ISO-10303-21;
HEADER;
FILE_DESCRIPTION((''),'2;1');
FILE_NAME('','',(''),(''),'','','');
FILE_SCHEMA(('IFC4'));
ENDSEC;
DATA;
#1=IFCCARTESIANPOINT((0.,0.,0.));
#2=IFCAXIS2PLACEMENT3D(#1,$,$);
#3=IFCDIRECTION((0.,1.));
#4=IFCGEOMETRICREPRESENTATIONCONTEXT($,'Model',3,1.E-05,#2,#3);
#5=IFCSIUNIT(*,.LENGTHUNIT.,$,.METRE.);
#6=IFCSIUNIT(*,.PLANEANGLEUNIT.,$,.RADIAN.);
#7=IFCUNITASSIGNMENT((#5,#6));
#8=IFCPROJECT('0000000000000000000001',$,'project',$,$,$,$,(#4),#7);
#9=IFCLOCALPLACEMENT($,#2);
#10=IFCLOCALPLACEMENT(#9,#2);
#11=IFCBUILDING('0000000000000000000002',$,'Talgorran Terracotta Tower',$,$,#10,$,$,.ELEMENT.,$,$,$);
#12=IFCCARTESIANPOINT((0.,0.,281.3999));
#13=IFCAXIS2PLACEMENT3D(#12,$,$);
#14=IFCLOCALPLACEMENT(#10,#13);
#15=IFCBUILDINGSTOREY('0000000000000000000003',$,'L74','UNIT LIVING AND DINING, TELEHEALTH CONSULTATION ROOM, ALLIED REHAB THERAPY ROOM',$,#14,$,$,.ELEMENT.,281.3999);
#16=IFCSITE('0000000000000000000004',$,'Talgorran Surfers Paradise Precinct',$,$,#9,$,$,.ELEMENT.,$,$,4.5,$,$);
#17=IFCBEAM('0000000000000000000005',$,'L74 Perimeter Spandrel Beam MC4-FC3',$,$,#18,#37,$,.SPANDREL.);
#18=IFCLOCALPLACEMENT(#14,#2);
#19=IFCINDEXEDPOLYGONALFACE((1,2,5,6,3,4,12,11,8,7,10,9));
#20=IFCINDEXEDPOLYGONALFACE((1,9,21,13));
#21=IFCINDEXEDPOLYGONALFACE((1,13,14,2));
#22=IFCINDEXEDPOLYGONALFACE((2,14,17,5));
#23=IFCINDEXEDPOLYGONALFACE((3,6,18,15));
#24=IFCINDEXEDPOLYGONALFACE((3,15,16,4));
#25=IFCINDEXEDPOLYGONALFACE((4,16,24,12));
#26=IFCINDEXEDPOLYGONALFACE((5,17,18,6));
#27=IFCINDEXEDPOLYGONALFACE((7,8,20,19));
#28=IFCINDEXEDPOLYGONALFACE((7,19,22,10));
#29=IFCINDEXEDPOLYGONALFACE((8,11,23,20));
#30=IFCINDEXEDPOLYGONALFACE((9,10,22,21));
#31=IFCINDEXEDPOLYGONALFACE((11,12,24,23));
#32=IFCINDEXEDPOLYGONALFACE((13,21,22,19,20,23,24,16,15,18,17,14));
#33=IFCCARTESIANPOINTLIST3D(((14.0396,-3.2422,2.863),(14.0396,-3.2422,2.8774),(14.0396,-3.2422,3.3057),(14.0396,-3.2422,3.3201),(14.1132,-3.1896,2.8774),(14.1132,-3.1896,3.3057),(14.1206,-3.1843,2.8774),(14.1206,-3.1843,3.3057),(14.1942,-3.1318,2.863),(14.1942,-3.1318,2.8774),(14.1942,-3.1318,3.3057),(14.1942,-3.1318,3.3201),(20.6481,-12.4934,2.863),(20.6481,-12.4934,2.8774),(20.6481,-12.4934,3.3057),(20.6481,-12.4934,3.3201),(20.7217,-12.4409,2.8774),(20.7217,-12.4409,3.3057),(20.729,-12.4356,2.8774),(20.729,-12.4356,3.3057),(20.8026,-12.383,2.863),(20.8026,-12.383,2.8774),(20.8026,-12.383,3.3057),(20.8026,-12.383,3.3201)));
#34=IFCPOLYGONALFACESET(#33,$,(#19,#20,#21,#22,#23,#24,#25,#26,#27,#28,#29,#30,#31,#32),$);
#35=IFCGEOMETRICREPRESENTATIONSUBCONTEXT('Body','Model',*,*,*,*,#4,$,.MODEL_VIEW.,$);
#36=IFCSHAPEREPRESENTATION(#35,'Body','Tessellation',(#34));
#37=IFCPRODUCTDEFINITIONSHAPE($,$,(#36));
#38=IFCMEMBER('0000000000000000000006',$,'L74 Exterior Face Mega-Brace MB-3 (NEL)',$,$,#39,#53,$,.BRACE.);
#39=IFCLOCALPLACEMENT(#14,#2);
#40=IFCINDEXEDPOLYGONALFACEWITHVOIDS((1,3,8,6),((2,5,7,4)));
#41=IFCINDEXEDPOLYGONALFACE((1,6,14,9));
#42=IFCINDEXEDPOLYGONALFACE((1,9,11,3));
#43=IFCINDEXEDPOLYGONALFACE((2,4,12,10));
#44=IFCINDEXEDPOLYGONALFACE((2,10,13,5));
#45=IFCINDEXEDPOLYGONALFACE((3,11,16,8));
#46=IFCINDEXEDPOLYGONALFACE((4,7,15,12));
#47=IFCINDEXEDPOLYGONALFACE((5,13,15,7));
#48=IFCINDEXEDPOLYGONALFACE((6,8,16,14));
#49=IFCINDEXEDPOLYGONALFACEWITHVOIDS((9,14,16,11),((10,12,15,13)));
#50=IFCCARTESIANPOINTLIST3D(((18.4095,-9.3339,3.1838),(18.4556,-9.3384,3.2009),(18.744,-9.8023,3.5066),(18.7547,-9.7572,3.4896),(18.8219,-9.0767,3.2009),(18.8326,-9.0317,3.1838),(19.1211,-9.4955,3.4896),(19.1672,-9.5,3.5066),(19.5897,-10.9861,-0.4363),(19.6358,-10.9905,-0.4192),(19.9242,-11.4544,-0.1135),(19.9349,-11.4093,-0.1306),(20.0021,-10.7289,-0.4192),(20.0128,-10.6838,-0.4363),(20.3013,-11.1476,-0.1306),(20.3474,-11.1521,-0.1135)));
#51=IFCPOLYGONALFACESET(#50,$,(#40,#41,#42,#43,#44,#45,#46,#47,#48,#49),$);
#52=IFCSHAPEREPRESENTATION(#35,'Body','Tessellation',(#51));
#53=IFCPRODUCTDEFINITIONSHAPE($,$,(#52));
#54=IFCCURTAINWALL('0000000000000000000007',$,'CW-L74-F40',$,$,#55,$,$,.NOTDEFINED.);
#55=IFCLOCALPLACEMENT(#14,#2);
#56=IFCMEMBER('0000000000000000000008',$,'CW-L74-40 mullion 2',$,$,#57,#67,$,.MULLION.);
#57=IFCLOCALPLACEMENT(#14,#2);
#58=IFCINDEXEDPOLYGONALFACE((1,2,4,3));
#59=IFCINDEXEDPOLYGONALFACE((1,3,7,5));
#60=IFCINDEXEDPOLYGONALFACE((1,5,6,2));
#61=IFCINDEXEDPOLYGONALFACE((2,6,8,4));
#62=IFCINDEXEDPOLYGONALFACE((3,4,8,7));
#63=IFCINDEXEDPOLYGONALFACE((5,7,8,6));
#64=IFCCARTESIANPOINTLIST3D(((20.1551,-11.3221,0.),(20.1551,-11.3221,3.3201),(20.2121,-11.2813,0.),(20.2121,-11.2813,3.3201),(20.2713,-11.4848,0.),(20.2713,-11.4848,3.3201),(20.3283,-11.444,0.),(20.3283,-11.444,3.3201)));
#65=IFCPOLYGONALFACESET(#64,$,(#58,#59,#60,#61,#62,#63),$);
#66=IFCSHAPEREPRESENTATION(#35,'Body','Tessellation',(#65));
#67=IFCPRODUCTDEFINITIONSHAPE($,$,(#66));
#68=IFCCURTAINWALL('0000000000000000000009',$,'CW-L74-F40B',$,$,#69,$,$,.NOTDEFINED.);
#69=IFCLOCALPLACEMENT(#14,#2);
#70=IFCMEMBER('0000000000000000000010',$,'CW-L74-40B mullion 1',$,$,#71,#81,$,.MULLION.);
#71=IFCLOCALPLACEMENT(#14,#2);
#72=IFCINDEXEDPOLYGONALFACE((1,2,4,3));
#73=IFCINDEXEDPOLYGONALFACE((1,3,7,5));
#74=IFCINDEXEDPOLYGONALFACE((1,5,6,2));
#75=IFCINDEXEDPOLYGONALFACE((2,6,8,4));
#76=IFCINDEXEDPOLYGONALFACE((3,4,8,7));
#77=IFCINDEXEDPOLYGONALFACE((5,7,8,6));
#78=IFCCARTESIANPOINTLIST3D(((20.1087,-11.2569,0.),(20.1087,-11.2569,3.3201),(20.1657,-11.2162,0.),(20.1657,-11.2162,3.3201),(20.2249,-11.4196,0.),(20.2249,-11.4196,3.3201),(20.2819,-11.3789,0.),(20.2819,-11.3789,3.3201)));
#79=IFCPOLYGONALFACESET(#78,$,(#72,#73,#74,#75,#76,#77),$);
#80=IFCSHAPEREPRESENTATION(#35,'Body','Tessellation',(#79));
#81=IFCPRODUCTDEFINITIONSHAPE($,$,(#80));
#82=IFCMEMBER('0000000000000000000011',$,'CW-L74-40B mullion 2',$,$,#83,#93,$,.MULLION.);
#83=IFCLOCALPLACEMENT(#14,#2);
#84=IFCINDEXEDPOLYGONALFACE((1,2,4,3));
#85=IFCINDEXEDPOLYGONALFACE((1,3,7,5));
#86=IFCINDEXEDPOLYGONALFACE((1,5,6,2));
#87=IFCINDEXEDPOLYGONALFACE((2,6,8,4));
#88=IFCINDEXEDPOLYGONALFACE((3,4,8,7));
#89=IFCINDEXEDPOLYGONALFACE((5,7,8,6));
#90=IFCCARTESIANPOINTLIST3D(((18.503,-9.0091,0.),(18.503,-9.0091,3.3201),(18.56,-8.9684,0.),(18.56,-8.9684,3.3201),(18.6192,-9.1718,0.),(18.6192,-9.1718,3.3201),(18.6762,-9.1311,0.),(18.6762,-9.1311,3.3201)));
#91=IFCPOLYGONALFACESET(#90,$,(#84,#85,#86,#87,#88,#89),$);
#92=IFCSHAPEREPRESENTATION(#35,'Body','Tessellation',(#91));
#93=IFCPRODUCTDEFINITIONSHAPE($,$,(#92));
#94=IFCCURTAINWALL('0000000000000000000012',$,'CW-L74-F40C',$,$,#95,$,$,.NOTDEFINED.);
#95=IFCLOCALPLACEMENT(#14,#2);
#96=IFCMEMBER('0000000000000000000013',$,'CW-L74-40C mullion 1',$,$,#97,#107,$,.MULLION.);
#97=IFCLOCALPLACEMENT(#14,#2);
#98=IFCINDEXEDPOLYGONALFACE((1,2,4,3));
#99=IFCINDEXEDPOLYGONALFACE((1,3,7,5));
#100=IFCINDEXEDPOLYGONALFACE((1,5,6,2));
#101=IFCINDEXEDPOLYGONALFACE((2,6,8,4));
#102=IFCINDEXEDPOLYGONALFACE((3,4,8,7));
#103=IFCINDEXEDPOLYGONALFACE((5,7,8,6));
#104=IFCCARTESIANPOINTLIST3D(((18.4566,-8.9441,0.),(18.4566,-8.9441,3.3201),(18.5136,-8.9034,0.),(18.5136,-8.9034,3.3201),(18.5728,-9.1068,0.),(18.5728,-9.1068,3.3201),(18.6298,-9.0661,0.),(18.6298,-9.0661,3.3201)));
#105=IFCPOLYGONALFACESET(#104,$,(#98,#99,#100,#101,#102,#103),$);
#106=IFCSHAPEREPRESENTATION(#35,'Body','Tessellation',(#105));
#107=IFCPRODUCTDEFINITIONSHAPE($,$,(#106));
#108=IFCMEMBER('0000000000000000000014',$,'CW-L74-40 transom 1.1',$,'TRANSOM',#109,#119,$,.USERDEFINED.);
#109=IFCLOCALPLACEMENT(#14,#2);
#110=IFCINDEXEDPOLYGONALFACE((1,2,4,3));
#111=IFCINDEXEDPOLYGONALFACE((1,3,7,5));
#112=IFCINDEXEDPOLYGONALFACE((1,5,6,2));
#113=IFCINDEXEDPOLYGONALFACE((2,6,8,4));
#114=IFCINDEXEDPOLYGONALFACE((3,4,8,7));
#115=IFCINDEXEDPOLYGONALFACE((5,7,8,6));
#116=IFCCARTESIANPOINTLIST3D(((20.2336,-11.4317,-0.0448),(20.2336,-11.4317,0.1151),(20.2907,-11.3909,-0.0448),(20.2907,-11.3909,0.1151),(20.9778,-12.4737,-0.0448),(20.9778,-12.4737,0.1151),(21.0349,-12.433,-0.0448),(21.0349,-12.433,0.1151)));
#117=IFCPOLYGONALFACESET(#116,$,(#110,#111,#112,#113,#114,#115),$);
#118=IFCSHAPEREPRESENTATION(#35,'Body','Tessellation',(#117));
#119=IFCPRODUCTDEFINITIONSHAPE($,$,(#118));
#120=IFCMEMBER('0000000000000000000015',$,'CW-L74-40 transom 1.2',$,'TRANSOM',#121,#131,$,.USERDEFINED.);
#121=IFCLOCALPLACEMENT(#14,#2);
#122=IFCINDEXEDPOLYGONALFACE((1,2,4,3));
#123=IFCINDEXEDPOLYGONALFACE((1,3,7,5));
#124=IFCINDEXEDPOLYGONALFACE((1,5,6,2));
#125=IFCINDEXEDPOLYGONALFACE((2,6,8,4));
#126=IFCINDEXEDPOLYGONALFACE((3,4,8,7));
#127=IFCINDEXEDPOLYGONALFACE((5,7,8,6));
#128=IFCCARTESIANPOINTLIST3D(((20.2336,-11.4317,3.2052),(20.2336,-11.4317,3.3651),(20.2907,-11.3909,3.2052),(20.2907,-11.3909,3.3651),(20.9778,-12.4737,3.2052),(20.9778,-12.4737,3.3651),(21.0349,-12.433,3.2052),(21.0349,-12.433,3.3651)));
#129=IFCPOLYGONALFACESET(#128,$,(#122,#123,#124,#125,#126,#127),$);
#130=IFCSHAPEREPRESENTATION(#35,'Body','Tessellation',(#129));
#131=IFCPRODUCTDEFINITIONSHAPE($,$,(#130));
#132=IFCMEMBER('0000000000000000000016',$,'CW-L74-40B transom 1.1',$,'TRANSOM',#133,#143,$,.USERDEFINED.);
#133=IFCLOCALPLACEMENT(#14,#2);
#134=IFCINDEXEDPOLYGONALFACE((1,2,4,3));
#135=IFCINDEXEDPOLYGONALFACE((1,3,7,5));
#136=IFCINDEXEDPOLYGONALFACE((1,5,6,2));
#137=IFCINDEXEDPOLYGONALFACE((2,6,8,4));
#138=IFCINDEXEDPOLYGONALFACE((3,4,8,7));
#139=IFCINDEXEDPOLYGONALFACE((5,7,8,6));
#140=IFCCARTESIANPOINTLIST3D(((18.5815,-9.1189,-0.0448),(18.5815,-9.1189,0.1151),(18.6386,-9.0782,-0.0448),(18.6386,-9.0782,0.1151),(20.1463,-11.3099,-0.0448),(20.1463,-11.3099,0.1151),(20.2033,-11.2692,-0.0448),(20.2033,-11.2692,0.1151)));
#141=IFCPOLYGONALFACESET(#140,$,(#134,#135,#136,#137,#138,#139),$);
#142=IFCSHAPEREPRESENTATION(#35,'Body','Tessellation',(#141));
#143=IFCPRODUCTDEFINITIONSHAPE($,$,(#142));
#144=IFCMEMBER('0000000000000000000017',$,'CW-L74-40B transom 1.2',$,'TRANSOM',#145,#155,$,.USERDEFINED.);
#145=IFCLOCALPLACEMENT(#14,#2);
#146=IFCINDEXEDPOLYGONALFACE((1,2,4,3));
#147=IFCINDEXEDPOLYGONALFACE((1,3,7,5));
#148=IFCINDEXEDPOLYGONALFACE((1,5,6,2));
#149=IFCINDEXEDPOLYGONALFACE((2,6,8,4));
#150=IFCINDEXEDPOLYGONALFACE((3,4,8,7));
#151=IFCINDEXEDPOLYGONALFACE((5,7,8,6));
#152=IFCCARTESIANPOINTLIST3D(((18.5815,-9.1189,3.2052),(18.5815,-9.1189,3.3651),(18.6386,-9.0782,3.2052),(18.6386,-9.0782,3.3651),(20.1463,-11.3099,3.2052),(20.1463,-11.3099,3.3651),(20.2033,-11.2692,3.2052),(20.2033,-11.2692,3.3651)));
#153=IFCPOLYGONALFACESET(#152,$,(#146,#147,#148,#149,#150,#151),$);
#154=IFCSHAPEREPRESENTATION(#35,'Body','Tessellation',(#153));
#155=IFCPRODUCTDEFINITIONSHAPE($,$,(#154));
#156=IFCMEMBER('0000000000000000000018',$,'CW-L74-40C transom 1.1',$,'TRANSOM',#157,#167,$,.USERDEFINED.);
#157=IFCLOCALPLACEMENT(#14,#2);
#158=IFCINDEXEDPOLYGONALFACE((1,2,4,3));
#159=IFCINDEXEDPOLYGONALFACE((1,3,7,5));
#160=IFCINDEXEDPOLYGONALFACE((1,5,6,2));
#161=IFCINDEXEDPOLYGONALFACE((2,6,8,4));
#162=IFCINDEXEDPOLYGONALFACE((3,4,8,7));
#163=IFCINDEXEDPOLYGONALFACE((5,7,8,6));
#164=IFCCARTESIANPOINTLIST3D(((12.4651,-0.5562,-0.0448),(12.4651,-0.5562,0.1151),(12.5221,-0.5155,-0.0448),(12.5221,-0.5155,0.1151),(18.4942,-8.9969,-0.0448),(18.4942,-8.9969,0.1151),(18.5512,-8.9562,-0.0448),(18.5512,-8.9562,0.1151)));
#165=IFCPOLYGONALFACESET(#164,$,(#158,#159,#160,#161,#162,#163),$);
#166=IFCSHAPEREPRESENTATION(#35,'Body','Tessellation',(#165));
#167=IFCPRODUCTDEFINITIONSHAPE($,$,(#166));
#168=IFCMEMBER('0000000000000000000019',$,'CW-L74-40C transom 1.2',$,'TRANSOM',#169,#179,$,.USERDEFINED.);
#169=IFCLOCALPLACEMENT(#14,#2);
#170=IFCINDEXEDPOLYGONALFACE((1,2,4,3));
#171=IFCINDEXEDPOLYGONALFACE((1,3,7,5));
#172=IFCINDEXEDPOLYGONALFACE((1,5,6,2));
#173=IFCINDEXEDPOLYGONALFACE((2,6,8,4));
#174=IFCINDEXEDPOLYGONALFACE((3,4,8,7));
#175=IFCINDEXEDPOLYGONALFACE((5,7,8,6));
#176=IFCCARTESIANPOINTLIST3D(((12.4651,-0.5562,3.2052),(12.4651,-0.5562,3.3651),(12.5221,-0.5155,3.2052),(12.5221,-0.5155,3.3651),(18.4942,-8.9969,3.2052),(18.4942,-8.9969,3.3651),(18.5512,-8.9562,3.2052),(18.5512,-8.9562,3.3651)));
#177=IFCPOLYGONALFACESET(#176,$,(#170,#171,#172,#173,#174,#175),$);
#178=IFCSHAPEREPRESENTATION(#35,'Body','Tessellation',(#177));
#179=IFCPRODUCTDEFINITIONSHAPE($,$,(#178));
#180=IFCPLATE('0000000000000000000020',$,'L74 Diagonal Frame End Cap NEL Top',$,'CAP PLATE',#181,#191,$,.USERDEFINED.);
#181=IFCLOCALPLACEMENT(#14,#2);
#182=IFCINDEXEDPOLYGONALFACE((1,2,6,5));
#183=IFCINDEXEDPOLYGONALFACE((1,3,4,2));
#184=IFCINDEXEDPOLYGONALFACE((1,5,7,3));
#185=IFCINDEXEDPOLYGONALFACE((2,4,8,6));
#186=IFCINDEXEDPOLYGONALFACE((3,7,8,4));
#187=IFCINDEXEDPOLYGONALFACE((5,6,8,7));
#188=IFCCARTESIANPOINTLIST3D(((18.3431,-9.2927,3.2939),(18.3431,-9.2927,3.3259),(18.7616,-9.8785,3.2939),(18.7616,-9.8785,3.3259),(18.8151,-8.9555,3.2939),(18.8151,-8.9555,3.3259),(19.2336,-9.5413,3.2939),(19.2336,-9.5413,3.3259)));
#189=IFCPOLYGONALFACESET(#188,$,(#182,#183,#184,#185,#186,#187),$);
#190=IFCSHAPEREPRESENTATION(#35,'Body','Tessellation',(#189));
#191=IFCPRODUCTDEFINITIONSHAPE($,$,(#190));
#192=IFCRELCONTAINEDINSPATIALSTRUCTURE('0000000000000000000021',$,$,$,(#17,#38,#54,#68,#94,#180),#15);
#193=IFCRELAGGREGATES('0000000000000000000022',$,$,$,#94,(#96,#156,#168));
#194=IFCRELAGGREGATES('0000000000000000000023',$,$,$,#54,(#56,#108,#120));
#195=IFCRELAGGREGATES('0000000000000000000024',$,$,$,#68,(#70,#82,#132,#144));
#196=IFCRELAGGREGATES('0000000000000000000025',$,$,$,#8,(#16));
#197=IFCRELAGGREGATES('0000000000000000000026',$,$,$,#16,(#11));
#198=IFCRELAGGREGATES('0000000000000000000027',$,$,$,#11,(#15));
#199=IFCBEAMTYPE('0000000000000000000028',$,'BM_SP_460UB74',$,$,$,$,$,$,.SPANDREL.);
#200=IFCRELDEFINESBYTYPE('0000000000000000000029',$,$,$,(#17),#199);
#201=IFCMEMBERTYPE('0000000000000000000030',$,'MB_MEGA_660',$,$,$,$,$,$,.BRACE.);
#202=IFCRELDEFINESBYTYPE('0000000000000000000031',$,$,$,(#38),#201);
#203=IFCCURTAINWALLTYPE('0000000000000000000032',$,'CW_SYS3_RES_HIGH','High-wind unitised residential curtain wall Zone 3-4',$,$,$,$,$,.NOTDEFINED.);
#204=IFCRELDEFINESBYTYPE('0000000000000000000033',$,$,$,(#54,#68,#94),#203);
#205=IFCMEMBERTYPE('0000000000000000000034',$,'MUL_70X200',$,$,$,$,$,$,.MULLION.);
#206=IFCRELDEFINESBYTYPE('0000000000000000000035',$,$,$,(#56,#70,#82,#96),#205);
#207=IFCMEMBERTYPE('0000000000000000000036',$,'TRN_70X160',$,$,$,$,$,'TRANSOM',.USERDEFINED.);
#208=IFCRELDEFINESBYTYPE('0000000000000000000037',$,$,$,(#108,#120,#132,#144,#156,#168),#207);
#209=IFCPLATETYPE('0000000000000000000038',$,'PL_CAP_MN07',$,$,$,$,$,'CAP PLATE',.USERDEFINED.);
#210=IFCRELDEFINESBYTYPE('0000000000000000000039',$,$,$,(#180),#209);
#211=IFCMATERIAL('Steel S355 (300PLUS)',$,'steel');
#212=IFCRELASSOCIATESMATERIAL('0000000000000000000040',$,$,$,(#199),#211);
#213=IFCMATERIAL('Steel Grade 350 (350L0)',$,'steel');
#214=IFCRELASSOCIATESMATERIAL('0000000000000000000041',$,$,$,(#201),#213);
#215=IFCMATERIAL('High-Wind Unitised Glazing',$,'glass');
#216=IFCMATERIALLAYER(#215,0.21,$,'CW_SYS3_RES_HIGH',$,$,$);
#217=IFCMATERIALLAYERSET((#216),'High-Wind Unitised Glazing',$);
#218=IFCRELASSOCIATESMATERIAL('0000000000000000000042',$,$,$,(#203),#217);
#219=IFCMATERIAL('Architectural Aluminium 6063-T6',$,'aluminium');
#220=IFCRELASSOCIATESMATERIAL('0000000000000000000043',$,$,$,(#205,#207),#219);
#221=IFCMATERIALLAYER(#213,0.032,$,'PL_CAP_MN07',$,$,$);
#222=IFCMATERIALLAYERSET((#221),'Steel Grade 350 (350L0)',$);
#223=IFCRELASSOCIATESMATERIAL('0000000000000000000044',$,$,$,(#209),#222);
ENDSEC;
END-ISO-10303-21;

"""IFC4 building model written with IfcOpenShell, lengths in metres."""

from ifc_helpers import new_model, si_unit, direction, frame, origin, origin_2d, place, context, subcontext, project, spatial, rectangle, hollow_rectangle, i_section, extrude, material, layer, layer_set, material_profile, profile_set, type_object, element, aggregate, save


model = new_model("IFC4")

# Units and contexts
model_context = context("Model", 3, precision=1e-05, world=origin(), true_north=direction((0.0, 1.0)))
body_context = subcontext(model_context, "Body", "Model", "MODEL_VIEW")
ifc_project = project(units=[si_unit("LENGTHUNIT", "METRE"), si_unit("PLANEANGLEUNIT", "RADIAN")], contexts=[model_context])

# Site, building, storey
site_placement = place(None, origin())
site = spatial("IfcSite", under=ifc_project, at=site_placement, Name="Talgorran Surfers Paradise Precinct", CompositionType="ELEMENT", RefElevation=4.5)
building_placement = place(site_placement, origin())
building = spatial("IfcBuilding", under=site, at=building_placement, Name="Talgorran Terracotta Tower", CompositionType="ELEMENT")
storey_placement = place(building_placement, frame((0.0, 0.0, 281.3999)))
storey = spatial("IfcBuildingStorey", under=building, at=storey_placement, Name="L74", Description="UNIT LIVING AND DINING, TELEHEALTH CONSULTATION ROOM, ALLIED REHAB THERAPY ROOM", CompositionType="ELEMENT", Elevation=281.3999)

# Beam
ifc_material_1 = material(Name="Steel S355 (300PLUS)", Category="steel")
ifc_material_profile_1 = material_profile(ifc_material_1, i_section(OverallWidth=0.1899, OverallDepth=0.457, WebThickness=0.009, FlangeThickness=0.0144, at=origin_2d()), Name="460UB74.6")
ifc_profile_set_1 = profile_set([ifc_material_profile_1], Name="Steel S355 (300PLUS)")
beam_type = type_object("IfcBeamType", Name="BM_SP_460UB74", PredefinedType="SPANDREL", material=ifc_profile_set_1)
beam_placement = place(storey_placement, frame((20.7253, -12.4382, 3.0916), z_axis=(-0.581261, 0.813718, 0.0), x_axis=(-0.813718, -0.581261, 0.0)))
element("IfcBeam", 1, at=beam_placement, inside=storey, type_object=beam_type, Name="L74 Perimeter Spandrel Beam MC4-FC3", PredefinedType="SPANDREL", context=body_context, shape_type="SweptSolid", body=[
    extrude(i_section(OverallWidth=0.1899, OverallDepth=0.457, WebThickness=0.009, FlangeThickness=0.0144, at=origin_2d()), origin(), (0.0, 0.0, 1.0), 11.3691),
])

# Member
ifc_material_2 = material(Name="Steel Grade 350 (350L0)", Category="steel")
ifc_material_profile_2 = material_profile(ifc_material_2, hollow_rectangle(XDim=0.52, YDim=0.6599, WallThickness=0.0349, at=origin_2d()), Name="WBOX660X520X35")
ifc_profile_set_2 = profile_set([ifc_material_profile_2], Name="Steel Grade 350 (350L0)")
member_type_1 = type_object("IfcMemberType", Name="MB_MEGA_660", PredefinedType="BRACE", material=ifc_profile_set_2)
member_1_placement = place(storey_placement, frame((19.9685, -11.0691, -0.2749), z_axis=(-0.284338, 0.398039, 0.872191), x_axis=(-0.813709, -0.581272, 0.0)))
element("IfcMember", 2, at=member_1_placement, inside=storey, type_object=member_type_1, Name="L74 Exterior Face Mega-Brace MB-3 (NEL)", PredefinedType="BRACE", context=body_context, shape_type="SweptSolid", body=[
    extrude(hollow_rectangle(XDim=0.52, YDim=0.6599, WallThickness=0.0349, at=origin_2d()), origin(), (0.0, 0.0, 1.0), 4.1506),
])

# Curtain wall, member
ifc_material_3 = material(Name="High-Wind Unitised Glazing", Category="glass")
ifc_layer_1 = layer(ifc_material_3, 0.21, Name="CW_SYS3_RES_HIGH")
ifc_layer_set_1 = layer_set([ifc_layer_1], Name="High-Wind Unitised Glazing")
curtain_wall_type = type_object("IfcCurtainWallType", Name="CW_SYS3_RES_HIGH", Description="High-wind unitised residential curtain wall Zone 3-4", PredefinedType="NOTDEFINED", material=ifc_layer_set_1)
curtain_wall_1_placement = place(storey_placement, origin())
curtain_wall_1 = element("IfcCurtainWall", 3, at=curtain_wall_1_placement, inside=storey, type_object=curtain_wall_type, Name="CW-L74-F40", PredefinedType="NOTDEFINED")
ifc_material_4 = material(Name="Architectural Aluminium 6063-T6", Category="aluminium")
ifc_material_profile_3 = material_profile(ifc_material_4, rectangle(XDim=0.0701, YDim=0.2, at=origin_2d()), Name="CWM70X200")
ifc_profile_set_3 = profile_set([ifc_material_profile_3], Name="Architectural Aluminium 6063-T6")
member_type_2 = type_object("IfcMemberType", Name="MUL_70X200", PredefinedType="MULLION", material=ifc_profile_set_3)
member_2_placement = place(storey_placement, frame((20.2417, -11.3831, 0.0), z_axis=(0.0, 0.0, 1.0), x_axis=(-0.813724, -0.581252, 0.0)))
member_2 = element("IfcMember", 4, at=member_2_placement, type_object=member_type_2, Name="CW-L74-40 mullion 2", PredefinedType="MULLION", context=body_context, shape_type="SweptSolid", body=[
    extrude(rectangle(XDim=0.0701, YDim=0.2, at=origin_2d()), origin(), (0.0, 0.0, 1.0), 3.3201),
])

# Curtain wall, members
curtain_wall_2_placement = place(storey_placement, origin())
curtain_wall_2 = element("IfcCurtainWall", 5, at=curtain_wall_2_placement, inside=storey, type_object=curtain_wall_type, Name="CW-L74-F40B", PredefinedType="NOTDEFINED")
member_3_placement = place(storey_placement, frame((20.1953, -11.3179, 0.0), z_axis=(0.0, 0.0, 1.0), x_axis=(-0.813731, -0.581242, 0.0)))
member_3 = element("IfcMember", 6, at=member_3_placement, type_object=member_type_2, Name="CW-L74-40B mullion 1", PredefinedType="MULLION", context=body_context, shape_type="SweptSolid", body=[
    extrude(rectangle(XDim=0.0701, YDim=0.2, at=origin_2d()), origin(), (0.0, 0.0, 1.0), 3.3201),
])
member_4_placement = place(storey_placement, frame((18.5896, -9.0701, 0.0), z_axis=(0.0, 0.0, 1.0), x_axis=(-0.813731, -0.581242, 0.0)))
member_4 = element("IfcMember", 7, at=member_4_placement, type_object=member_type_2, Name="CW-L74-40B mullion 2", PredefinedType="MULLION", context=body_context, shape_type="SweptSolid", body=[
    extrude(rectangle(XDim=0.0701, YDim=0.2, at=origin_2d()), origin(), (0.0, 0.0, 1.0), 3.3201),
])

# Curtain wall, member
curtain_wall_3_placement = place(storey_placement, origin())
curtain_wall_3 = element("IfcCurtainWall", 8, at=curtain_wall_3_placement, inside=storey, type_object=curtain_wall_type, Name="CW-L74-F40C", PredefinedType="NOTDEFINED")
member_5_placement = place(storey_placement, frame((18.5432, -9.0051, 0.0), z_axis=(0.0, 0.0, 1.0), x_axis=(-0.813726, -0.581249, 0.0)))
member_5 = element("IfcMember", 9, at=member_5_placement, type_object=member_type_2, Name="CW-L74-40C mullion 1", PredefinedType="MULLION", context=body_context, shape_type="SweptSolid", body=[
    extrude(rectangle(XDim=0.0701, YDim=0.2, at=origin_2d()), origin(), (0.0, 0.0, 1.0), 3.3201),
])

# Members
ifc_material_profile_4 = material_profile(ifc_material_4, rectangle(XDim=0.0701, YDim=0.1599, at=origin_2d()), Name="CWT70X160")
ifc_profile_set_4 = profile_set([ifc_material_profile_4], Name="Architectural Aluminium 6063-T6")
member_type_3 = type_object("IfcMemberType", Name="TRN_70X160", ElementType="TRANSOM", PredefinedType="USERDEFINED", material=ifc_profile_set_4)
member_6_placement = place(storey_placement, frame((21.0063, -12.4534, 0.0352), z_axis=(-0.581166, 0.813785, 0.0), x_axis=(-0.813785, -0.581166, 0.0)))
member_6 = element("IfcMember", 10, at=member_6_placement, type_object=member_type_3, Name="CW-L74-40 transom 1.1", ObjectType="TRANSOM", PredefinedType="USERDEFINED", context=body_context, shape_type="SweptSolid", body=[
    extrude(rectangle(XDim=0.0701, YDim=0.1599, at=origin_2d()), origin(), (0.0, 0.0, 1.0), 1.2805),
])
member_7_placement = place(storey_placement, frame((21.0063, -12.4534, 3.2852), z_axis=(-0.581166, 0.813785, 0.0), x_axis=(-0.813785, -0.581166, 0.0)))
member_7 = element("IfcMember", 11, at=member_7_placement, type_object=member_type_3, Name="CW-L74-40 transom 1.2", ObjectType="TRANSOM", PredefinedType="USERDEFINED", context=body_context, shape_type="SweptSolid", body=[
    extrude(rectangle(XDim=0.0701, YDim=0.1599, at=origin_2d()), origin(), (0.0, 0.0, 1.0), 1.2805),
])
member_8_placement = place(storey_placement, frame((20.1748, -11.2896, 0.0352), z_axis=(-0.581178, 0.813776, 0.0), x_axis=(-0.813776, -0.581178, 0.0)))
member_8 = element("IfcMember", 12, at=member_8_placement, type_object=member_type_3, Name="CW-L74-40B transom 1.1", ObjectType="TRANSOM", PredefinedType="USERDEFINED", context=body_context, shape_type="SweptSolid", body=[
    extrude(rectangle(XDim=0.0701, YDim=0.1599, at=origin_2d()), origin(), (0.0, 0.0, 1.0), 2.6924),
])
member_9_placement = place(storey_placement, frame((20.1748, -11.2896, 3.2852), z_axis=(-0.581178, 0.813776, 0.0), x_axis=(-0.813776, -0.581178, 0.0)))
member_9 = element("IfcMember", 13, at=member_9_placement, type_object=member_type_3, Name="CW-L74-40B transom 1.2", ObjectType="TRANSOM", PredefinedType="USERDEFINED", context=body_context, shape_type="SweptSolid", body=[
    extrude(rectangle(XDim=0.0701, YDim=0.1599, at=origin_2d()), origin(), (0.0, 0.0, 1.0), 2.6924),
])
member_10_placement = place(storey_placement, frame((18.5227, -8.9766, 0.0352), z_axis=(-0.581238, 0.813733, 0.0), x_axis=(-0.813733, -0.581238, 0.0)))
member_10 = element("IfcMember", 14, at=member_10_placement, type_object=member_type_3, Name="CW-L74-40C transom 1.1", ObjectType="TRANSOM", PredefinedType="USERDEFINED", context=body_context, shape_type="SweptSolid", body=[
    extrude(rectangle(XDim=0.0701, YDim=0.1599, at=origin_2d()), origin(), (0.0, 0.0, 1.0), 10.3728),
])
member_11_placement = place(storey_placement, frame((18.5227, -8.9766, 3.2852), z_axis=(-0.581238, 0.813733, 0.0), x_axis=(-0.813733, -0.581238, 0.0)))
member_11 = element("IfcMember", 15, at=member_11_placement, type_object=member_type_3, Name="CW-L74-40C transom 1.2", ObjectType="TRANSOM", PredefinedType="USERDEFINED", context=body_context, shape_type="SweptSolid", body=[
    extrude(rectangle(XDim=0.0701, YDim=0.1599, at=origin_2d()), origin(), (0.0, 0.0, 1.0), 10.3728),
])
aggregate(curtain_wall_3, [member_5, member_10, member_11])

# Plate
ifc_layer_2 = layer(ifc_material_2, 0.032, Name="PL_CAP_MN07")
ifc_layer_set_2 = layer_set([ifc_layer_2], Name="Steel Grade 350 (350L0)")
plate_type_1 = type_object("IfcPlateType", Name="PL_CAP_MN07", ElementType="CAP PLATE", PredefinedType="USERDEFINED", material=ifc_layer_set_2)
plate_1_placement = place(storey_placement, frame((18.7883, -9.417, 3.2939), z_axis=(0.0, 0.0, 1.0), x_axis=(-0.581271, 0.81371, 0.0)))
element("IfcPlate", 16, at=plate_1_placement, inside=storey, type_object=plate_type_1, Name="L74 Diagonal Frame End Cap NEL Top", ObjectType="CAP PLATE", PredefinedType="USERDEFINED", context=body_context, shape_type="SweptSolid", body=[
    extrude(rectangle(XDim=0.72, YDim=0.5801, at=origin_2d()), origin(), (0.0, 0.0, 1.0), 0.032),
])

aggregate(curtain_wall_1, [member_2, member_6, member_7])
aggregate(curtain_wall_2, [member_3, member_4, member_8, member_9])

save(model, "model.ifc")
